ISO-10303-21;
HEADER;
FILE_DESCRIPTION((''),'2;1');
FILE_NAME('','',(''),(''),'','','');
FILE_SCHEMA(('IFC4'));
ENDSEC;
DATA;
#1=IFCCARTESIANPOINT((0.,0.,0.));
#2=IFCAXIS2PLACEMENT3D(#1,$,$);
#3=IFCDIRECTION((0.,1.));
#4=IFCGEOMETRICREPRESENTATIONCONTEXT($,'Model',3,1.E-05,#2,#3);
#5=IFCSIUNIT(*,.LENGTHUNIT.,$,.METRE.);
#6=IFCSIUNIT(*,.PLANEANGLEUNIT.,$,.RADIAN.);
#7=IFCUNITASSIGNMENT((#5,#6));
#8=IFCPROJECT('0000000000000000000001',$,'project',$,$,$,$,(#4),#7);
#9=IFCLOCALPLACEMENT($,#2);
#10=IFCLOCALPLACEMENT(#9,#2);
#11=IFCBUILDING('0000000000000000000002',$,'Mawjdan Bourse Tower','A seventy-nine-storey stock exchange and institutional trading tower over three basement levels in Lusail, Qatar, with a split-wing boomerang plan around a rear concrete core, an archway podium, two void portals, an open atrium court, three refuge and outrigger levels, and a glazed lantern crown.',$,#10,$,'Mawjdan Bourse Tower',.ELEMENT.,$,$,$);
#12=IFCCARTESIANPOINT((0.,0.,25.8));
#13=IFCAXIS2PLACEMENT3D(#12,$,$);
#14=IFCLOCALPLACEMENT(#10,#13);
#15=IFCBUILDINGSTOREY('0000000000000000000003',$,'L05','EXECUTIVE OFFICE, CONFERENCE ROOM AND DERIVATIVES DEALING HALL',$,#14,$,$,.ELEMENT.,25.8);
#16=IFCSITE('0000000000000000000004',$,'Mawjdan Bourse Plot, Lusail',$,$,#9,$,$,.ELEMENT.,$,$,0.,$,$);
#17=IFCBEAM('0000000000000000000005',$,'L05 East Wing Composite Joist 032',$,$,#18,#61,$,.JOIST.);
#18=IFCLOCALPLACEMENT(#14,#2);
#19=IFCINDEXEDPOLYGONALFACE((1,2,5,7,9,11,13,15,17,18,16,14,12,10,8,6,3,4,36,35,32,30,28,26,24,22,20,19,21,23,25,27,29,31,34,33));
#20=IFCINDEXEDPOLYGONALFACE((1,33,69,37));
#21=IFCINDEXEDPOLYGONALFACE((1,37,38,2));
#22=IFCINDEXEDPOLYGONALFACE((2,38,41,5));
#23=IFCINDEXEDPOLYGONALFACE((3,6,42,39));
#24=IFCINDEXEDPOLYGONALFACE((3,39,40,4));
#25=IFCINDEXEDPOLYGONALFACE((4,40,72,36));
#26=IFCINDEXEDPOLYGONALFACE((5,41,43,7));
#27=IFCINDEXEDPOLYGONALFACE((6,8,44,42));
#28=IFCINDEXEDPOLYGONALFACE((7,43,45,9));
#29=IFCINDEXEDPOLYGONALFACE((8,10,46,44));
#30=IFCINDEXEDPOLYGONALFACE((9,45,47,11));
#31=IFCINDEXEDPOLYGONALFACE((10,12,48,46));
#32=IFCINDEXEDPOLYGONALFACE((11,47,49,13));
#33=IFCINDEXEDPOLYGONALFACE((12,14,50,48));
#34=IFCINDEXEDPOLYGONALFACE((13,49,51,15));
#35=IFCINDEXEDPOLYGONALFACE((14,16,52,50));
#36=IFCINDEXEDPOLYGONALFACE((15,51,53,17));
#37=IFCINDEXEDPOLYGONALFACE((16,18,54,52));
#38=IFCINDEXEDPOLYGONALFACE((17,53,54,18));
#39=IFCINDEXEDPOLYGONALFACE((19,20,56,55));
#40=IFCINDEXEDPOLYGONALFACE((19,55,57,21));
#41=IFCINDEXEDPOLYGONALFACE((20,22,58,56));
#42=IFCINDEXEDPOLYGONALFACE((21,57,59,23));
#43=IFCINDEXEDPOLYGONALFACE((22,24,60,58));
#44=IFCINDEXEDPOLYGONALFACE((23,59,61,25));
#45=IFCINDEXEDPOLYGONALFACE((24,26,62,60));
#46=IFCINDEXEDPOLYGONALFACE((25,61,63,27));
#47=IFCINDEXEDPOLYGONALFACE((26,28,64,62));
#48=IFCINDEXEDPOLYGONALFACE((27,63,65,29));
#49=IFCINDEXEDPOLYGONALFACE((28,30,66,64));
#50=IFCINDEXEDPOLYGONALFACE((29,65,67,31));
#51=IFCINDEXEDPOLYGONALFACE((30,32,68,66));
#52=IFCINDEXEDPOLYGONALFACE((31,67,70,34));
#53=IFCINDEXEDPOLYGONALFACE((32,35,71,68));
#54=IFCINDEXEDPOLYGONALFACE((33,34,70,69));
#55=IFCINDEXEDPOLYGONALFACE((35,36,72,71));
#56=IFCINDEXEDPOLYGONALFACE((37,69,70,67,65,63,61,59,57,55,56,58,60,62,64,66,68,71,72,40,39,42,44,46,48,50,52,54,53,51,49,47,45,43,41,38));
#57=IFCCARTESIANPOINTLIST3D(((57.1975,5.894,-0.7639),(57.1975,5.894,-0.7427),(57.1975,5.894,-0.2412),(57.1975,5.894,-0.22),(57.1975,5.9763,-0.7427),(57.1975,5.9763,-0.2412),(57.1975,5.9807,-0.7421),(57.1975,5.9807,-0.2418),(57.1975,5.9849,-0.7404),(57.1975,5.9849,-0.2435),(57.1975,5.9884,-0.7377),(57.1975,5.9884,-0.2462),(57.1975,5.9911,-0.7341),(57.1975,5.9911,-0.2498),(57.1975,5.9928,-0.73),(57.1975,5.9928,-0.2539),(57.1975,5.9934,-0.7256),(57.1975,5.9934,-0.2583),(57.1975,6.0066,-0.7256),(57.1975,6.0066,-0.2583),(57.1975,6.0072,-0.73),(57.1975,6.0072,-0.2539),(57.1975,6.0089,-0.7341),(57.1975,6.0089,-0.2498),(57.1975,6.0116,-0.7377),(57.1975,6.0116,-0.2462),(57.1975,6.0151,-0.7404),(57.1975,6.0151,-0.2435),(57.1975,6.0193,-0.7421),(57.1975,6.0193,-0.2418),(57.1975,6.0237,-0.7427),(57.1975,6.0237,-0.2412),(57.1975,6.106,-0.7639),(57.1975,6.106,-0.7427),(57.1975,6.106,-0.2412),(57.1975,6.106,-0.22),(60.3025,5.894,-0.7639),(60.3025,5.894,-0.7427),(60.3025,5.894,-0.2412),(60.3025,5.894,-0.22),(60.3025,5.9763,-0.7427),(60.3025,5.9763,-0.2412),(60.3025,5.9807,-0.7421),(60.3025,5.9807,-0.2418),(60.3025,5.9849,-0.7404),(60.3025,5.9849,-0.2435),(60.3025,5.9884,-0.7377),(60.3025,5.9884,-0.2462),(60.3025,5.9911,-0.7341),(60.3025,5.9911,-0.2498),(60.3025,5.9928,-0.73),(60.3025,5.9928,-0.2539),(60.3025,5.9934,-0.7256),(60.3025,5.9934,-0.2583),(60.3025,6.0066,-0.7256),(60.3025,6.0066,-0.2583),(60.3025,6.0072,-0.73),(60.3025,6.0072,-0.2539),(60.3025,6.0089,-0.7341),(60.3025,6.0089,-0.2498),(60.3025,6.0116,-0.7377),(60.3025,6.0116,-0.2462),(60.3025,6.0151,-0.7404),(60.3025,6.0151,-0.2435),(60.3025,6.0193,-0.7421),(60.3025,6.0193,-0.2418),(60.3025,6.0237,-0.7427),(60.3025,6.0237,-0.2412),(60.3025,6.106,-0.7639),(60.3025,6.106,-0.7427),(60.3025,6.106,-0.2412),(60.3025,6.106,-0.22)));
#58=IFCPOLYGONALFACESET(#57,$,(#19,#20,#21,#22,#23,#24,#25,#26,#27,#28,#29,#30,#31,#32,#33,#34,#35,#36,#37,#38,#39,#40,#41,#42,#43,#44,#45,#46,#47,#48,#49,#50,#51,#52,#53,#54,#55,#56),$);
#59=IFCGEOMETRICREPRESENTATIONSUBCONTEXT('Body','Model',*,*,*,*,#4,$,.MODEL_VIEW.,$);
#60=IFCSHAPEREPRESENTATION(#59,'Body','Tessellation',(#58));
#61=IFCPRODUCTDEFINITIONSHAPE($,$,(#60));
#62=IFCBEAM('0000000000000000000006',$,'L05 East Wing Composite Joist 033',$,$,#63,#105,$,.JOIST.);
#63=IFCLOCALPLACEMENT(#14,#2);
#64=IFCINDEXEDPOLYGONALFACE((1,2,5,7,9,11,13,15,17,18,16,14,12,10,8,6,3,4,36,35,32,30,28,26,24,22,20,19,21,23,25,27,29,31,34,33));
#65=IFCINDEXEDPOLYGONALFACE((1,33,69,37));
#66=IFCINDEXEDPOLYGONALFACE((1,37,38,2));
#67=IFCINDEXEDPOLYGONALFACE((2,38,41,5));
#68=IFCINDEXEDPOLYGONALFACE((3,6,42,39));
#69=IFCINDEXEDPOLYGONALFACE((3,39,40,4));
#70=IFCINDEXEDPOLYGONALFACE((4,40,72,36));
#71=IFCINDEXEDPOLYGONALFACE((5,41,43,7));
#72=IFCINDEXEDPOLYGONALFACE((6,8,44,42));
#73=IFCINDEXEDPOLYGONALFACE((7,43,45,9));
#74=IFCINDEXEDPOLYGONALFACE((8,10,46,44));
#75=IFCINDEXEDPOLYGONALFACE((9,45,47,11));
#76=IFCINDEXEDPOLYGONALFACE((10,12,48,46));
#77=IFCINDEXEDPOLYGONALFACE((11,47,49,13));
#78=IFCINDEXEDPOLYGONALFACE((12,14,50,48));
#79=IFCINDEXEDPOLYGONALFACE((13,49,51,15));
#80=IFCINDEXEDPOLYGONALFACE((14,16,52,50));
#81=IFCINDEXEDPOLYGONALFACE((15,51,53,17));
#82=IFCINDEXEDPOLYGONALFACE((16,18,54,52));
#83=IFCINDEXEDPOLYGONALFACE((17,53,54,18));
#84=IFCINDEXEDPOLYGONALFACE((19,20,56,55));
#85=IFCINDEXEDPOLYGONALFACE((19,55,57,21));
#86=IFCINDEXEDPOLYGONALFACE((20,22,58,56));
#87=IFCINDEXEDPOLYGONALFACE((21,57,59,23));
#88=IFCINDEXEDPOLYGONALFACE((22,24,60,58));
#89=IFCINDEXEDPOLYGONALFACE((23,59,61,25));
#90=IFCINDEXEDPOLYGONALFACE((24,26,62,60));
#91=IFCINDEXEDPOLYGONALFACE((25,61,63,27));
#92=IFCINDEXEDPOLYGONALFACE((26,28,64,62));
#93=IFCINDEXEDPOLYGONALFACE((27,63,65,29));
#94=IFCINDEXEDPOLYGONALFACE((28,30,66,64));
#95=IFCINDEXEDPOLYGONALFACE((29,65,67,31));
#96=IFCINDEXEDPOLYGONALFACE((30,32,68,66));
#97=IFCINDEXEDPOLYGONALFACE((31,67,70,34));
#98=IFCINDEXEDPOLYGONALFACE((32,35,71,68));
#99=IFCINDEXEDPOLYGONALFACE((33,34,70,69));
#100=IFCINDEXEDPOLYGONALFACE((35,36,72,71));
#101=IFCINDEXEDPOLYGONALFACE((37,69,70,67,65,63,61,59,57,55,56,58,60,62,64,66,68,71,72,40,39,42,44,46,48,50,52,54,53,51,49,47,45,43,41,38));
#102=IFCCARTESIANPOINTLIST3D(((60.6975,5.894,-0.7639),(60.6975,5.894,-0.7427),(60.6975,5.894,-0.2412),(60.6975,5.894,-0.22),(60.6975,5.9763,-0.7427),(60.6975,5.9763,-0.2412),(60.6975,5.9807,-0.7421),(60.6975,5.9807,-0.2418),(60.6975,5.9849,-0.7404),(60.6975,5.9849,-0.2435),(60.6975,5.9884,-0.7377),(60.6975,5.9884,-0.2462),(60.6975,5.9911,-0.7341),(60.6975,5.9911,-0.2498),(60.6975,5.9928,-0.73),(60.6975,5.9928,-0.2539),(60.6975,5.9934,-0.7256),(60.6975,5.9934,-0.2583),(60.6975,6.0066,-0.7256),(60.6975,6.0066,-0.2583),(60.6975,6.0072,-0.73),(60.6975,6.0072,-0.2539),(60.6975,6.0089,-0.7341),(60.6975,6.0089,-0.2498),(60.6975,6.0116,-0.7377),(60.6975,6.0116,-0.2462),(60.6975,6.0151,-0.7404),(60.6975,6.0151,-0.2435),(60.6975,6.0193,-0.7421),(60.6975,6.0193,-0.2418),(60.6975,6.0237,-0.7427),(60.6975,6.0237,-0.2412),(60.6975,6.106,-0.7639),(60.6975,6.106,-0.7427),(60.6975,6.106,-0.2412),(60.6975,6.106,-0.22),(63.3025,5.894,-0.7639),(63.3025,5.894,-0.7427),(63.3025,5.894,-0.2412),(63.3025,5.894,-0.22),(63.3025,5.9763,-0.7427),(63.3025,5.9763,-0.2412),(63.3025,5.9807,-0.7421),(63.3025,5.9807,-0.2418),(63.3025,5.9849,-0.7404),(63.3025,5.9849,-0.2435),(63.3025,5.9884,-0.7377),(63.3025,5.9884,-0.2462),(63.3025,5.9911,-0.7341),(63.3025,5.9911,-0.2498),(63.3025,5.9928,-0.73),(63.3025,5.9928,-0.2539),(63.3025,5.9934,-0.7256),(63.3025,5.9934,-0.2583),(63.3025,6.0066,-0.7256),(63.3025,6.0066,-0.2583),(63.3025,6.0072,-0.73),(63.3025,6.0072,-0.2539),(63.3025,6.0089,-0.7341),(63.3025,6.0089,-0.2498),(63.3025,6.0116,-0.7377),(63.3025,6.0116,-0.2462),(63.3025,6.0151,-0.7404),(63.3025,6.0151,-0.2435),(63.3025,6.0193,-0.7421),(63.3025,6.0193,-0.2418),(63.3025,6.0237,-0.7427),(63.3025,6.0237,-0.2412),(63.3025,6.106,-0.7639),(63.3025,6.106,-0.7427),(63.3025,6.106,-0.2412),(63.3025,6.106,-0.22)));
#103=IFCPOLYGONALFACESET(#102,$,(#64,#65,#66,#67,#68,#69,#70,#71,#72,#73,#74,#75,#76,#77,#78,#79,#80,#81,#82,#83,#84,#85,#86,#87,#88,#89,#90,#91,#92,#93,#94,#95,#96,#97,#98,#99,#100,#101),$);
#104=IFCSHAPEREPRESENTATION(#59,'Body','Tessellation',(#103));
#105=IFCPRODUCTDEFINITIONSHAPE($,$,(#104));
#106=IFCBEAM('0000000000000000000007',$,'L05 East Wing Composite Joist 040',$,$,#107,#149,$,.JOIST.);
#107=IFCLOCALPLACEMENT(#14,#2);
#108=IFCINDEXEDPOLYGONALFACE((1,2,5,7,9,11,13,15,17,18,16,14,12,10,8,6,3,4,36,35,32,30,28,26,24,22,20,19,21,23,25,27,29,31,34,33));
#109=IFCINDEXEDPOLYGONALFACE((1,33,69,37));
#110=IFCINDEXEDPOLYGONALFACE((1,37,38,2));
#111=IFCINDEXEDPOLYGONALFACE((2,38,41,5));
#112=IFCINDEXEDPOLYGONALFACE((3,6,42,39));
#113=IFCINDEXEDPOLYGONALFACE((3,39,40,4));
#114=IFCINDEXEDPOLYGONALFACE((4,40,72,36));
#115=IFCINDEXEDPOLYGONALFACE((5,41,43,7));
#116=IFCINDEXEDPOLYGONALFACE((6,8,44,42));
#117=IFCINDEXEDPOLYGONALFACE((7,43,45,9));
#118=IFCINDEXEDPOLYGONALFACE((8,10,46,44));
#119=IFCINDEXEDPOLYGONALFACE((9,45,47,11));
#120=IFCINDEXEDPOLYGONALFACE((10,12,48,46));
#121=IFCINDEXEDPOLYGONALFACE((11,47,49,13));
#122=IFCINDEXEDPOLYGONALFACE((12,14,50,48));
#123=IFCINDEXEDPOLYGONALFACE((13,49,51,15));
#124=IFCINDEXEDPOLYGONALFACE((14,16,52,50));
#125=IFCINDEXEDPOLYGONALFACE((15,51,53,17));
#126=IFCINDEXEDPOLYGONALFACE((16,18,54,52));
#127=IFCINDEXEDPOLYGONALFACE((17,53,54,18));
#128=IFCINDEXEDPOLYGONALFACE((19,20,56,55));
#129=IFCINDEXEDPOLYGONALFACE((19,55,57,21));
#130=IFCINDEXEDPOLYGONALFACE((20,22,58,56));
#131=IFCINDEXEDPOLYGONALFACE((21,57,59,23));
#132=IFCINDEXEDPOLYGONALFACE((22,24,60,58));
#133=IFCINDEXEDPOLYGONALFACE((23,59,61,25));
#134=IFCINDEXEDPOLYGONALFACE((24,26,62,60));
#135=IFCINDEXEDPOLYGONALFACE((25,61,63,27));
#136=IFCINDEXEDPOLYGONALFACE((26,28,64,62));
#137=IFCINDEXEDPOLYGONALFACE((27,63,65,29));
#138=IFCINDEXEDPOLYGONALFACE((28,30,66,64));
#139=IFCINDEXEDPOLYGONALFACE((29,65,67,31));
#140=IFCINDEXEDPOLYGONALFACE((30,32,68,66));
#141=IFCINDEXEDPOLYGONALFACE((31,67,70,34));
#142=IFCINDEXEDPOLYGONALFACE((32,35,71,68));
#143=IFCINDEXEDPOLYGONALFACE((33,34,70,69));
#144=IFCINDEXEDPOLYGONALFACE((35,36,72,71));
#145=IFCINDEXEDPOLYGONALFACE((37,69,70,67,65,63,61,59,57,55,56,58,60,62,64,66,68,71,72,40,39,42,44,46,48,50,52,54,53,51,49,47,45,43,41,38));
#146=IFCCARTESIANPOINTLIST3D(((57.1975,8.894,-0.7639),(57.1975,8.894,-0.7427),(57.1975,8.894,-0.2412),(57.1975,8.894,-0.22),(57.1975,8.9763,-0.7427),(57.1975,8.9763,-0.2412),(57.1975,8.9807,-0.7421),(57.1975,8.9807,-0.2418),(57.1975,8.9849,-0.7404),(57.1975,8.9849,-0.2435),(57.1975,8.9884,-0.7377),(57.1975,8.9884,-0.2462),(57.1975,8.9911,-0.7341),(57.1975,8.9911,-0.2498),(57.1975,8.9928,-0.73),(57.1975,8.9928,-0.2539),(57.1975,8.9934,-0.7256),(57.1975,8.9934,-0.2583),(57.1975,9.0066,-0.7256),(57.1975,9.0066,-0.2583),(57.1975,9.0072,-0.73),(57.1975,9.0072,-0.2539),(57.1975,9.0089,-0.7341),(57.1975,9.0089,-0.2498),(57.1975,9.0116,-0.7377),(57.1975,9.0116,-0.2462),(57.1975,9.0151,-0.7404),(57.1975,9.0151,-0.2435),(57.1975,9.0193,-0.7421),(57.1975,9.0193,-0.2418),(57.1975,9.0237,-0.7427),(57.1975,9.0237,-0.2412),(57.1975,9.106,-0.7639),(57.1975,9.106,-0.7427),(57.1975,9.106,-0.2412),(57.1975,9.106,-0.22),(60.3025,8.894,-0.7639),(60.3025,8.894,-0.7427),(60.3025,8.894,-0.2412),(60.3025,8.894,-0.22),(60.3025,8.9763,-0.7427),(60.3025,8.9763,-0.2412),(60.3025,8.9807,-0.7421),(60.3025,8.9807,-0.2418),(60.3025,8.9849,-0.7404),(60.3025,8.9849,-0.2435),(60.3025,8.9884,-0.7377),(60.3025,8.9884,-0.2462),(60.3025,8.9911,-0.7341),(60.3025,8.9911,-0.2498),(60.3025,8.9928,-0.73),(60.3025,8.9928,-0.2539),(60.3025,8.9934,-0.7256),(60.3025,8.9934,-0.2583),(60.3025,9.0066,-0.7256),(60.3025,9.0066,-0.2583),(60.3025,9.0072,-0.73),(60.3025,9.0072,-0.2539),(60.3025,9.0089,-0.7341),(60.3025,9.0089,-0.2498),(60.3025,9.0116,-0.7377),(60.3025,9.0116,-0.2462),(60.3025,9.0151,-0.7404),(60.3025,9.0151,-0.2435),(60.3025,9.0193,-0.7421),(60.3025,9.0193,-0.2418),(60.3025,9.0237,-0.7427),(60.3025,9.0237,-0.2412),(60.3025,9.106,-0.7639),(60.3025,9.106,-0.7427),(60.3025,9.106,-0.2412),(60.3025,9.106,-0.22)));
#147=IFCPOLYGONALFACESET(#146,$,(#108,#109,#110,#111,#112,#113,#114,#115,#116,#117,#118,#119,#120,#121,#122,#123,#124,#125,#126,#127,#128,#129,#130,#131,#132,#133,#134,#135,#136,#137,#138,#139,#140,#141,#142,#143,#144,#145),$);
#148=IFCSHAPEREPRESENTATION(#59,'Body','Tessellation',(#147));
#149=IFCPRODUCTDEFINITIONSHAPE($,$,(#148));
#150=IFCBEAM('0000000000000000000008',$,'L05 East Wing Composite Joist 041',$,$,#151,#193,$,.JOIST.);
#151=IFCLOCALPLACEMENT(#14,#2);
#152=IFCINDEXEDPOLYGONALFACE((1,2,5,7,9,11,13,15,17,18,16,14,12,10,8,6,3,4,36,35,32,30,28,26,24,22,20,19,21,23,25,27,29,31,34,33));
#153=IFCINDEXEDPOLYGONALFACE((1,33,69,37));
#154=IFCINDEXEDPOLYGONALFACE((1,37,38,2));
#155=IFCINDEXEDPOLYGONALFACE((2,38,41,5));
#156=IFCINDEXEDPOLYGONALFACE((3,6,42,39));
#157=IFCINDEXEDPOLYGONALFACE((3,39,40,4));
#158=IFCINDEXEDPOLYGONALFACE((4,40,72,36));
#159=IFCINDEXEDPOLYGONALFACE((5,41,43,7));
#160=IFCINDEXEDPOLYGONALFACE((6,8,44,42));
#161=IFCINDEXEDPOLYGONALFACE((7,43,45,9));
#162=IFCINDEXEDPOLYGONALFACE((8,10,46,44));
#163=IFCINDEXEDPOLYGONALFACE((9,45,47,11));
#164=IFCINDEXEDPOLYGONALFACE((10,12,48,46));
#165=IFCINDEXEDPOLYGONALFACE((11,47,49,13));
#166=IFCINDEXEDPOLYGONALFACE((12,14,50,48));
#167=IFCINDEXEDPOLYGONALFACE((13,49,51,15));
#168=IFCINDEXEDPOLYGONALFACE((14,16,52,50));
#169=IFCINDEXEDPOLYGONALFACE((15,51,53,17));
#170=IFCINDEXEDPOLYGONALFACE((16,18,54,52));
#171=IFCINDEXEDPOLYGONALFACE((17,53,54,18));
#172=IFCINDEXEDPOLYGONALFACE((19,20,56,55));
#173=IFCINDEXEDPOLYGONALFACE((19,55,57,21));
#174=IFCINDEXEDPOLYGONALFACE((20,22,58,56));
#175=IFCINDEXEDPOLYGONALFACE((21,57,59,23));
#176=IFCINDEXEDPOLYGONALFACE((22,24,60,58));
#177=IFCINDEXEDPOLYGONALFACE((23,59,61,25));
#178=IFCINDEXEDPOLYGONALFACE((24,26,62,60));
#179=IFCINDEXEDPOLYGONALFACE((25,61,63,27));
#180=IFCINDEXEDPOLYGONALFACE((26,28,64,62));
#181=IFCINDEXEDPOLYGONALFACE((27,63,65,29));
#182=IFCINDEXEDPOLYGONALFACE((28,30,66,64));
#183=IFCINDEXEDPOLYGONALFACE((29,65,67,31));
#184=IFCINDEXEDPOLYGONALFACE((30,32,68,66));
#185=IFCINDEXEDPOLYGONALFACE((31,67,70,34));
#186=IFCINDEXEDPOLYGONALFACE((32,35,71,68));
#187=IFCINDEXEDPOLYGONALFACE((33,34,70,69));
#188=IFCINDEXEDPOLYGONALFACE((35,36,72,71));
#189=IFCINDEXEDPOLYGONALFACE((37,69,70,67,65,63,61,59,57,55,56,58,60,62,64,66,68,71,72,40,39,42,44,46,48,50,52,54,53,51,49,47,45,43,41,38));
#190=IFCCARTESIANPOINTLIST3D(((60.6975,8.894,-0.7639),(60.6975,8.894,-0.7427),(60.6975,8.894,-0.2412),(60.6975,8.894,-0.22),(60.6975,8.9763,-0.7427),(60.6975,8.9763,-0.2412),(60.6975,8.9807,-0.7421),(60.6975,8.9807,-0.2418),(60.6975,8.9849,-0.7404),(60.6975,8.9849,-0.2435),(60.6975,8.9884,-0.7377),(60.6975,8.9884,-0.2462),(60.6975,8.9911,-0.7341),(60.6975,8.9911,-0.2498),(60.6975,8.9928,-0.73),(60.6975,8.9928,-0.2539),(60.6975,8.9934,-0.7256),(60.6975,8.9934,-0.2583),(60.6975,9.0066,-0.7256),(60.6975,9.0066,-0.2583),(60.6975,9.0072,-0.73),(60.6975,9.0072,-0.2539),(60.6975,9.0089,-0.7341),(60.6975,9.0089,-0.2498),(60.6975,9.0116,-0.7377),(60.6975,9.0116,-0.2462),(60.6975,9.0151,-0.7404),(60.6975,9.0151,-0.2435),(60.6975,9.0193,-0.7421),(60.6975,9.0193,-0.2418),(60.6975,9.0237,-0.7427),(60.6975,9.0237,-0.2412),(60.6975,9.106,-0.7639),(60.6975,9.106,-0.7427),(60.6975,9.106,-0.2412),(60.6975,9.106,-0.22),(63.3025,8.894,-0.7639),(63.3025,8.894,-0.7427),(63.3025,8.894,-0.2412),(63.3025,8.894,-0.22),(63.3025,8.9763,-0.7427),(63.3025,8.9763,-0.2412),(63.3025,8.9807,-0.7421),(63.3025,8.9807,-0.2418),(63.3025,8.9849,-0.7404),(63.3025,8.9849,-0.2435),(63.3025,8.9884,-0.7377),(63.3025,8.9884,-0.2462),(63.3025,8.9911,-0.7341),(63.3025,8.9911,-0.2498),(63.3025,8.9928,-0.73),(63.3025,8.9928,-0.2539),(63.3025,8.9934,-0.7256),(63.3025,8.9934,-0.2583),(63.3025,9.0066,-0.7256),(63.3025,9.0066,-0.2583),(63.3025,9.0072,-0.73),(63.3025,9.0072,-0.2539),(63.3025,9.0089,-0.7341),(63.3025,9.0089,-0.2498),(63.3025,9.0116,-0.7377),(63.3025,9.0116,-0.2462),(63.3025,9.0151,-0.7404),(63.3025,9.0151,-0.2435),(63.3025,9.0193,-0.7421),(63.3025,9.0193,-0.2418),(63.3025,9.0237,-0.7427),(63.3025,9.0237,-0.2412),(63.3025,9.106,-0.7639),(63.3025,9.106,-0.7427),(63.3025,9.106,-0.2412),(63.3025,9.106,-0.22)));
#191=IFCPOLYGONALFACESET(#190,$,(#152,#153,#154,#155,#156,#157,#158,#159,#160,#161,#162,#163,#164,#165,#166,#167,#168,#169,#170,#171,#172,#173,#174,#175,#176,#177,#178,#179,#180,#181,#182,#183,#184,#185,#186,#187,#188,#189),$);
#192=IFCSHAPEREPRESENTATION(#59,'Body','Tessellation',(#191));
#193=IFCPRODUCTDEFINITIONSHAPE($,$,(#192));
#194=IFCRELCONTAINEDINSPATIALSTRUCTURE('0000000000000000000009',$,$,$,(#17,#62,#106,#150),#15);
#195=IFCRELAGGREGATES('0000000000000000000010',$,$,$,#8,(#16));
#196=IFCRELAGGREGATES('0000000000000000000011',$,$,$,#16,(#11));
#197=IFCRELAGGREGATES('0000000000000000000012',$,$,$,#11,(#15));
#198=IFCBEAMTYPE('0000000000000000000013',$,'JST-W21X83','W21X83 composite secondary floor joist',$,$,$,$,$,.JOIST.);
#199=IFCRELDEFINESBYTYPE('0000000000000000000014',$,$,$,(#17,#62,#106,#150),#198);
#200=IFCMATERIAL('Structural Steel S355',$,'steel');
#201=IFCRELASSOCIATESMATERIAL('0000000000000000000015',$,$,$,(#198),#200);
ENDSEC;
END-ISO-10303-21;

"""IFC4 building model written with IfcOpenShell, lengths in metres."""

from ifc_helpers import new_model, si_unit, direction, frame, origin, origin_2d, place, context, subcontext, project, spatial, i_section, extrude, material, material_profile, profile_set, type_object, element, save


model = new_model("IFC4")

# Units and contexts
model_context = context("Model", 3, precision=1e-05, world=origin(), true_north=direction((0.0, 1.0)))
body_context = subcontext(model_context, "Body", "Model", "MODEL_VIEW")
ifc_project = project(units=[si_unit("LENGTHUNIT", "METRE"), si_unit("PLANEANGLEUNIT", "RADIAN")], contexts=[model_context])

# Site, building, storey
site_placement = place(None, origin())
site = spatial("IfcSite", under=ifc_project, at=site_placement, Name="Mawjdan Bourse Plot, Lusail", CompositionType="ELEMENT", RefElevation=0.0)
building_placement = place(site_placement, origin())
building = spatial("IfcBuilding", under=site, at=building_placement, Name="Mawjdan Bourse Tower", Description="A seventy-nine-storey stock exchange and institutional trading tower over three basement levels in Lusail, Qatar, with a split-wing boomerang plan around a rear concrete core, an archway podium, two void portals, an open atrium court, three refuge and outrigger levels, and a glazed lantern crown.", LongName="Mawjdan Bourse Tower", CompositionType="ELEMENT")
storey_placement = place(building_placement, frame((0.0, 0.0, 25.8)))
storey = spatial("IfcBuildingStorey", under=building, at=storey_placement, Name="L05", Description="EXECUTIVE OFFICE, CONFERENCE ROOM AND DERIVATIVES DEALING HALL", CompositionType="ELEMENT", Elevation=25.8)

# Beams
ifc_material_1 = material(Name="Structural Steel S355", Category="steel")
ifc_material_profile_1 = material_profile(ifc_material_1, i_section(OverallWidth=0.2119, OverallDepth=0.5439, WebThickness=0.0132, FlangeThickness=0.0212, FilletRadius=0.0171, at=origin_2d()), Name="W21X83")
ifc_profile_set_1 = profile_set([ifc_material_profile_1], Name="Structural Steel S355")
beam_type_1 = type_object("IfcBeamType", Name="JST-W21X83", Description="W21X83 composite secondary floor joist", PredefinedType="JOIST", material=ifc_profile_set_1)
beam_1_placement = place(storey_placement, frame((57.1975, 6.0, -0.4919), z_axis=(1.0, 0.0, 0.0), x_axis=(0.0, 1.0, 0.0)))
element("IfcBeam", 1, at=beam_1_placement, inside=storey, type_object=beam_type_1, Name="L05 East Wing Composite Joist 032", PredefinedType="JOIST", context=body_context, shape_type="SweptSolid", body=[
    extrude(i_section(OverallWidth=0.2119, OverallDepth=0.5439, WebThickness=0.0132, FlangeThickness=0.0212, FilletRadius=0.0171, at=origin_2d()), origin(), (0.0, 0.0, 1.0), 3.105),
])
beam_2_placement = place(storey_placement, frame((60.6975, 6.0, -0.4919), z_axis=(1.0, 0.0, 0.0), x_axis=(0.0, 1.0, 0.0)))
element("IfcBeam", 2, at=beam_2_placement, inside=storey, type_object=beam_type_1, Name="L05 East Wing Composite Joist 033", PredefinedType="JOIST", context=body_context, shape_type="SweptSolid", body=[
    extrude(i_section(OverallWidth=0.2119, OverallDepth=0.5439, WebThickness=0.0132, FlangeThickness=0.0212, FilletRadius=0.0171, at=origin_2d()), origin(), (0.0, 0.0, 1.0), 2.605),
])
beam_3_placement = place(storey_placement, frame((57.1975, 9.0, -0.4919), z_axis=(1.0, 0.0, 0.0), x_axis=(0.0, 1.0, 0.0)))
element("IfcBeam", 3, at=beam_3_placement, inside=storey, type_object=beam_type_1, Name="L05 East Wing Composite Joist 040", PredefinedType="JOIST", context=body_context, shape_type="SweptSolid", body=[
    extrude(i_section(OverallWidth=0.2119, OverallDepth=0.5439, WebThickness=0.0132, FlangeThickness=0.0212, FilletRadius=0.0171, at=origin_2d()), origin(), (0.0, 0.0, 1.0), 3.105),
])
for number, where, z_axis, x_axis, name in (
    (4, (60.6975, 9.0, -0.4919), (1.0, 0.0, 0.0), (0.0, 1.0, 0.0), "L05 East Wing Composite Joist 041"),
):
    element("IfcBeam", number, at=place(storey_placement, frame(where, z_axis=z_axis, x_axis=x_axis)), inside=storey, type_object=beam_type_1, Name=name, PredefinedType="JOIST", context=body_context, shape_type="SweptSolid", body=[
        extrude(i_section(OverallWidth=0.2119, OverallDepth=0.5439, WebThickness=0.0132, FlangeThickness=0.0212, FilletRadius=0.0171, at=origin_2d()), origin(), (0.0, 0.0, 1.0), 2.605),
    ])

save(model, "model.ifc")
